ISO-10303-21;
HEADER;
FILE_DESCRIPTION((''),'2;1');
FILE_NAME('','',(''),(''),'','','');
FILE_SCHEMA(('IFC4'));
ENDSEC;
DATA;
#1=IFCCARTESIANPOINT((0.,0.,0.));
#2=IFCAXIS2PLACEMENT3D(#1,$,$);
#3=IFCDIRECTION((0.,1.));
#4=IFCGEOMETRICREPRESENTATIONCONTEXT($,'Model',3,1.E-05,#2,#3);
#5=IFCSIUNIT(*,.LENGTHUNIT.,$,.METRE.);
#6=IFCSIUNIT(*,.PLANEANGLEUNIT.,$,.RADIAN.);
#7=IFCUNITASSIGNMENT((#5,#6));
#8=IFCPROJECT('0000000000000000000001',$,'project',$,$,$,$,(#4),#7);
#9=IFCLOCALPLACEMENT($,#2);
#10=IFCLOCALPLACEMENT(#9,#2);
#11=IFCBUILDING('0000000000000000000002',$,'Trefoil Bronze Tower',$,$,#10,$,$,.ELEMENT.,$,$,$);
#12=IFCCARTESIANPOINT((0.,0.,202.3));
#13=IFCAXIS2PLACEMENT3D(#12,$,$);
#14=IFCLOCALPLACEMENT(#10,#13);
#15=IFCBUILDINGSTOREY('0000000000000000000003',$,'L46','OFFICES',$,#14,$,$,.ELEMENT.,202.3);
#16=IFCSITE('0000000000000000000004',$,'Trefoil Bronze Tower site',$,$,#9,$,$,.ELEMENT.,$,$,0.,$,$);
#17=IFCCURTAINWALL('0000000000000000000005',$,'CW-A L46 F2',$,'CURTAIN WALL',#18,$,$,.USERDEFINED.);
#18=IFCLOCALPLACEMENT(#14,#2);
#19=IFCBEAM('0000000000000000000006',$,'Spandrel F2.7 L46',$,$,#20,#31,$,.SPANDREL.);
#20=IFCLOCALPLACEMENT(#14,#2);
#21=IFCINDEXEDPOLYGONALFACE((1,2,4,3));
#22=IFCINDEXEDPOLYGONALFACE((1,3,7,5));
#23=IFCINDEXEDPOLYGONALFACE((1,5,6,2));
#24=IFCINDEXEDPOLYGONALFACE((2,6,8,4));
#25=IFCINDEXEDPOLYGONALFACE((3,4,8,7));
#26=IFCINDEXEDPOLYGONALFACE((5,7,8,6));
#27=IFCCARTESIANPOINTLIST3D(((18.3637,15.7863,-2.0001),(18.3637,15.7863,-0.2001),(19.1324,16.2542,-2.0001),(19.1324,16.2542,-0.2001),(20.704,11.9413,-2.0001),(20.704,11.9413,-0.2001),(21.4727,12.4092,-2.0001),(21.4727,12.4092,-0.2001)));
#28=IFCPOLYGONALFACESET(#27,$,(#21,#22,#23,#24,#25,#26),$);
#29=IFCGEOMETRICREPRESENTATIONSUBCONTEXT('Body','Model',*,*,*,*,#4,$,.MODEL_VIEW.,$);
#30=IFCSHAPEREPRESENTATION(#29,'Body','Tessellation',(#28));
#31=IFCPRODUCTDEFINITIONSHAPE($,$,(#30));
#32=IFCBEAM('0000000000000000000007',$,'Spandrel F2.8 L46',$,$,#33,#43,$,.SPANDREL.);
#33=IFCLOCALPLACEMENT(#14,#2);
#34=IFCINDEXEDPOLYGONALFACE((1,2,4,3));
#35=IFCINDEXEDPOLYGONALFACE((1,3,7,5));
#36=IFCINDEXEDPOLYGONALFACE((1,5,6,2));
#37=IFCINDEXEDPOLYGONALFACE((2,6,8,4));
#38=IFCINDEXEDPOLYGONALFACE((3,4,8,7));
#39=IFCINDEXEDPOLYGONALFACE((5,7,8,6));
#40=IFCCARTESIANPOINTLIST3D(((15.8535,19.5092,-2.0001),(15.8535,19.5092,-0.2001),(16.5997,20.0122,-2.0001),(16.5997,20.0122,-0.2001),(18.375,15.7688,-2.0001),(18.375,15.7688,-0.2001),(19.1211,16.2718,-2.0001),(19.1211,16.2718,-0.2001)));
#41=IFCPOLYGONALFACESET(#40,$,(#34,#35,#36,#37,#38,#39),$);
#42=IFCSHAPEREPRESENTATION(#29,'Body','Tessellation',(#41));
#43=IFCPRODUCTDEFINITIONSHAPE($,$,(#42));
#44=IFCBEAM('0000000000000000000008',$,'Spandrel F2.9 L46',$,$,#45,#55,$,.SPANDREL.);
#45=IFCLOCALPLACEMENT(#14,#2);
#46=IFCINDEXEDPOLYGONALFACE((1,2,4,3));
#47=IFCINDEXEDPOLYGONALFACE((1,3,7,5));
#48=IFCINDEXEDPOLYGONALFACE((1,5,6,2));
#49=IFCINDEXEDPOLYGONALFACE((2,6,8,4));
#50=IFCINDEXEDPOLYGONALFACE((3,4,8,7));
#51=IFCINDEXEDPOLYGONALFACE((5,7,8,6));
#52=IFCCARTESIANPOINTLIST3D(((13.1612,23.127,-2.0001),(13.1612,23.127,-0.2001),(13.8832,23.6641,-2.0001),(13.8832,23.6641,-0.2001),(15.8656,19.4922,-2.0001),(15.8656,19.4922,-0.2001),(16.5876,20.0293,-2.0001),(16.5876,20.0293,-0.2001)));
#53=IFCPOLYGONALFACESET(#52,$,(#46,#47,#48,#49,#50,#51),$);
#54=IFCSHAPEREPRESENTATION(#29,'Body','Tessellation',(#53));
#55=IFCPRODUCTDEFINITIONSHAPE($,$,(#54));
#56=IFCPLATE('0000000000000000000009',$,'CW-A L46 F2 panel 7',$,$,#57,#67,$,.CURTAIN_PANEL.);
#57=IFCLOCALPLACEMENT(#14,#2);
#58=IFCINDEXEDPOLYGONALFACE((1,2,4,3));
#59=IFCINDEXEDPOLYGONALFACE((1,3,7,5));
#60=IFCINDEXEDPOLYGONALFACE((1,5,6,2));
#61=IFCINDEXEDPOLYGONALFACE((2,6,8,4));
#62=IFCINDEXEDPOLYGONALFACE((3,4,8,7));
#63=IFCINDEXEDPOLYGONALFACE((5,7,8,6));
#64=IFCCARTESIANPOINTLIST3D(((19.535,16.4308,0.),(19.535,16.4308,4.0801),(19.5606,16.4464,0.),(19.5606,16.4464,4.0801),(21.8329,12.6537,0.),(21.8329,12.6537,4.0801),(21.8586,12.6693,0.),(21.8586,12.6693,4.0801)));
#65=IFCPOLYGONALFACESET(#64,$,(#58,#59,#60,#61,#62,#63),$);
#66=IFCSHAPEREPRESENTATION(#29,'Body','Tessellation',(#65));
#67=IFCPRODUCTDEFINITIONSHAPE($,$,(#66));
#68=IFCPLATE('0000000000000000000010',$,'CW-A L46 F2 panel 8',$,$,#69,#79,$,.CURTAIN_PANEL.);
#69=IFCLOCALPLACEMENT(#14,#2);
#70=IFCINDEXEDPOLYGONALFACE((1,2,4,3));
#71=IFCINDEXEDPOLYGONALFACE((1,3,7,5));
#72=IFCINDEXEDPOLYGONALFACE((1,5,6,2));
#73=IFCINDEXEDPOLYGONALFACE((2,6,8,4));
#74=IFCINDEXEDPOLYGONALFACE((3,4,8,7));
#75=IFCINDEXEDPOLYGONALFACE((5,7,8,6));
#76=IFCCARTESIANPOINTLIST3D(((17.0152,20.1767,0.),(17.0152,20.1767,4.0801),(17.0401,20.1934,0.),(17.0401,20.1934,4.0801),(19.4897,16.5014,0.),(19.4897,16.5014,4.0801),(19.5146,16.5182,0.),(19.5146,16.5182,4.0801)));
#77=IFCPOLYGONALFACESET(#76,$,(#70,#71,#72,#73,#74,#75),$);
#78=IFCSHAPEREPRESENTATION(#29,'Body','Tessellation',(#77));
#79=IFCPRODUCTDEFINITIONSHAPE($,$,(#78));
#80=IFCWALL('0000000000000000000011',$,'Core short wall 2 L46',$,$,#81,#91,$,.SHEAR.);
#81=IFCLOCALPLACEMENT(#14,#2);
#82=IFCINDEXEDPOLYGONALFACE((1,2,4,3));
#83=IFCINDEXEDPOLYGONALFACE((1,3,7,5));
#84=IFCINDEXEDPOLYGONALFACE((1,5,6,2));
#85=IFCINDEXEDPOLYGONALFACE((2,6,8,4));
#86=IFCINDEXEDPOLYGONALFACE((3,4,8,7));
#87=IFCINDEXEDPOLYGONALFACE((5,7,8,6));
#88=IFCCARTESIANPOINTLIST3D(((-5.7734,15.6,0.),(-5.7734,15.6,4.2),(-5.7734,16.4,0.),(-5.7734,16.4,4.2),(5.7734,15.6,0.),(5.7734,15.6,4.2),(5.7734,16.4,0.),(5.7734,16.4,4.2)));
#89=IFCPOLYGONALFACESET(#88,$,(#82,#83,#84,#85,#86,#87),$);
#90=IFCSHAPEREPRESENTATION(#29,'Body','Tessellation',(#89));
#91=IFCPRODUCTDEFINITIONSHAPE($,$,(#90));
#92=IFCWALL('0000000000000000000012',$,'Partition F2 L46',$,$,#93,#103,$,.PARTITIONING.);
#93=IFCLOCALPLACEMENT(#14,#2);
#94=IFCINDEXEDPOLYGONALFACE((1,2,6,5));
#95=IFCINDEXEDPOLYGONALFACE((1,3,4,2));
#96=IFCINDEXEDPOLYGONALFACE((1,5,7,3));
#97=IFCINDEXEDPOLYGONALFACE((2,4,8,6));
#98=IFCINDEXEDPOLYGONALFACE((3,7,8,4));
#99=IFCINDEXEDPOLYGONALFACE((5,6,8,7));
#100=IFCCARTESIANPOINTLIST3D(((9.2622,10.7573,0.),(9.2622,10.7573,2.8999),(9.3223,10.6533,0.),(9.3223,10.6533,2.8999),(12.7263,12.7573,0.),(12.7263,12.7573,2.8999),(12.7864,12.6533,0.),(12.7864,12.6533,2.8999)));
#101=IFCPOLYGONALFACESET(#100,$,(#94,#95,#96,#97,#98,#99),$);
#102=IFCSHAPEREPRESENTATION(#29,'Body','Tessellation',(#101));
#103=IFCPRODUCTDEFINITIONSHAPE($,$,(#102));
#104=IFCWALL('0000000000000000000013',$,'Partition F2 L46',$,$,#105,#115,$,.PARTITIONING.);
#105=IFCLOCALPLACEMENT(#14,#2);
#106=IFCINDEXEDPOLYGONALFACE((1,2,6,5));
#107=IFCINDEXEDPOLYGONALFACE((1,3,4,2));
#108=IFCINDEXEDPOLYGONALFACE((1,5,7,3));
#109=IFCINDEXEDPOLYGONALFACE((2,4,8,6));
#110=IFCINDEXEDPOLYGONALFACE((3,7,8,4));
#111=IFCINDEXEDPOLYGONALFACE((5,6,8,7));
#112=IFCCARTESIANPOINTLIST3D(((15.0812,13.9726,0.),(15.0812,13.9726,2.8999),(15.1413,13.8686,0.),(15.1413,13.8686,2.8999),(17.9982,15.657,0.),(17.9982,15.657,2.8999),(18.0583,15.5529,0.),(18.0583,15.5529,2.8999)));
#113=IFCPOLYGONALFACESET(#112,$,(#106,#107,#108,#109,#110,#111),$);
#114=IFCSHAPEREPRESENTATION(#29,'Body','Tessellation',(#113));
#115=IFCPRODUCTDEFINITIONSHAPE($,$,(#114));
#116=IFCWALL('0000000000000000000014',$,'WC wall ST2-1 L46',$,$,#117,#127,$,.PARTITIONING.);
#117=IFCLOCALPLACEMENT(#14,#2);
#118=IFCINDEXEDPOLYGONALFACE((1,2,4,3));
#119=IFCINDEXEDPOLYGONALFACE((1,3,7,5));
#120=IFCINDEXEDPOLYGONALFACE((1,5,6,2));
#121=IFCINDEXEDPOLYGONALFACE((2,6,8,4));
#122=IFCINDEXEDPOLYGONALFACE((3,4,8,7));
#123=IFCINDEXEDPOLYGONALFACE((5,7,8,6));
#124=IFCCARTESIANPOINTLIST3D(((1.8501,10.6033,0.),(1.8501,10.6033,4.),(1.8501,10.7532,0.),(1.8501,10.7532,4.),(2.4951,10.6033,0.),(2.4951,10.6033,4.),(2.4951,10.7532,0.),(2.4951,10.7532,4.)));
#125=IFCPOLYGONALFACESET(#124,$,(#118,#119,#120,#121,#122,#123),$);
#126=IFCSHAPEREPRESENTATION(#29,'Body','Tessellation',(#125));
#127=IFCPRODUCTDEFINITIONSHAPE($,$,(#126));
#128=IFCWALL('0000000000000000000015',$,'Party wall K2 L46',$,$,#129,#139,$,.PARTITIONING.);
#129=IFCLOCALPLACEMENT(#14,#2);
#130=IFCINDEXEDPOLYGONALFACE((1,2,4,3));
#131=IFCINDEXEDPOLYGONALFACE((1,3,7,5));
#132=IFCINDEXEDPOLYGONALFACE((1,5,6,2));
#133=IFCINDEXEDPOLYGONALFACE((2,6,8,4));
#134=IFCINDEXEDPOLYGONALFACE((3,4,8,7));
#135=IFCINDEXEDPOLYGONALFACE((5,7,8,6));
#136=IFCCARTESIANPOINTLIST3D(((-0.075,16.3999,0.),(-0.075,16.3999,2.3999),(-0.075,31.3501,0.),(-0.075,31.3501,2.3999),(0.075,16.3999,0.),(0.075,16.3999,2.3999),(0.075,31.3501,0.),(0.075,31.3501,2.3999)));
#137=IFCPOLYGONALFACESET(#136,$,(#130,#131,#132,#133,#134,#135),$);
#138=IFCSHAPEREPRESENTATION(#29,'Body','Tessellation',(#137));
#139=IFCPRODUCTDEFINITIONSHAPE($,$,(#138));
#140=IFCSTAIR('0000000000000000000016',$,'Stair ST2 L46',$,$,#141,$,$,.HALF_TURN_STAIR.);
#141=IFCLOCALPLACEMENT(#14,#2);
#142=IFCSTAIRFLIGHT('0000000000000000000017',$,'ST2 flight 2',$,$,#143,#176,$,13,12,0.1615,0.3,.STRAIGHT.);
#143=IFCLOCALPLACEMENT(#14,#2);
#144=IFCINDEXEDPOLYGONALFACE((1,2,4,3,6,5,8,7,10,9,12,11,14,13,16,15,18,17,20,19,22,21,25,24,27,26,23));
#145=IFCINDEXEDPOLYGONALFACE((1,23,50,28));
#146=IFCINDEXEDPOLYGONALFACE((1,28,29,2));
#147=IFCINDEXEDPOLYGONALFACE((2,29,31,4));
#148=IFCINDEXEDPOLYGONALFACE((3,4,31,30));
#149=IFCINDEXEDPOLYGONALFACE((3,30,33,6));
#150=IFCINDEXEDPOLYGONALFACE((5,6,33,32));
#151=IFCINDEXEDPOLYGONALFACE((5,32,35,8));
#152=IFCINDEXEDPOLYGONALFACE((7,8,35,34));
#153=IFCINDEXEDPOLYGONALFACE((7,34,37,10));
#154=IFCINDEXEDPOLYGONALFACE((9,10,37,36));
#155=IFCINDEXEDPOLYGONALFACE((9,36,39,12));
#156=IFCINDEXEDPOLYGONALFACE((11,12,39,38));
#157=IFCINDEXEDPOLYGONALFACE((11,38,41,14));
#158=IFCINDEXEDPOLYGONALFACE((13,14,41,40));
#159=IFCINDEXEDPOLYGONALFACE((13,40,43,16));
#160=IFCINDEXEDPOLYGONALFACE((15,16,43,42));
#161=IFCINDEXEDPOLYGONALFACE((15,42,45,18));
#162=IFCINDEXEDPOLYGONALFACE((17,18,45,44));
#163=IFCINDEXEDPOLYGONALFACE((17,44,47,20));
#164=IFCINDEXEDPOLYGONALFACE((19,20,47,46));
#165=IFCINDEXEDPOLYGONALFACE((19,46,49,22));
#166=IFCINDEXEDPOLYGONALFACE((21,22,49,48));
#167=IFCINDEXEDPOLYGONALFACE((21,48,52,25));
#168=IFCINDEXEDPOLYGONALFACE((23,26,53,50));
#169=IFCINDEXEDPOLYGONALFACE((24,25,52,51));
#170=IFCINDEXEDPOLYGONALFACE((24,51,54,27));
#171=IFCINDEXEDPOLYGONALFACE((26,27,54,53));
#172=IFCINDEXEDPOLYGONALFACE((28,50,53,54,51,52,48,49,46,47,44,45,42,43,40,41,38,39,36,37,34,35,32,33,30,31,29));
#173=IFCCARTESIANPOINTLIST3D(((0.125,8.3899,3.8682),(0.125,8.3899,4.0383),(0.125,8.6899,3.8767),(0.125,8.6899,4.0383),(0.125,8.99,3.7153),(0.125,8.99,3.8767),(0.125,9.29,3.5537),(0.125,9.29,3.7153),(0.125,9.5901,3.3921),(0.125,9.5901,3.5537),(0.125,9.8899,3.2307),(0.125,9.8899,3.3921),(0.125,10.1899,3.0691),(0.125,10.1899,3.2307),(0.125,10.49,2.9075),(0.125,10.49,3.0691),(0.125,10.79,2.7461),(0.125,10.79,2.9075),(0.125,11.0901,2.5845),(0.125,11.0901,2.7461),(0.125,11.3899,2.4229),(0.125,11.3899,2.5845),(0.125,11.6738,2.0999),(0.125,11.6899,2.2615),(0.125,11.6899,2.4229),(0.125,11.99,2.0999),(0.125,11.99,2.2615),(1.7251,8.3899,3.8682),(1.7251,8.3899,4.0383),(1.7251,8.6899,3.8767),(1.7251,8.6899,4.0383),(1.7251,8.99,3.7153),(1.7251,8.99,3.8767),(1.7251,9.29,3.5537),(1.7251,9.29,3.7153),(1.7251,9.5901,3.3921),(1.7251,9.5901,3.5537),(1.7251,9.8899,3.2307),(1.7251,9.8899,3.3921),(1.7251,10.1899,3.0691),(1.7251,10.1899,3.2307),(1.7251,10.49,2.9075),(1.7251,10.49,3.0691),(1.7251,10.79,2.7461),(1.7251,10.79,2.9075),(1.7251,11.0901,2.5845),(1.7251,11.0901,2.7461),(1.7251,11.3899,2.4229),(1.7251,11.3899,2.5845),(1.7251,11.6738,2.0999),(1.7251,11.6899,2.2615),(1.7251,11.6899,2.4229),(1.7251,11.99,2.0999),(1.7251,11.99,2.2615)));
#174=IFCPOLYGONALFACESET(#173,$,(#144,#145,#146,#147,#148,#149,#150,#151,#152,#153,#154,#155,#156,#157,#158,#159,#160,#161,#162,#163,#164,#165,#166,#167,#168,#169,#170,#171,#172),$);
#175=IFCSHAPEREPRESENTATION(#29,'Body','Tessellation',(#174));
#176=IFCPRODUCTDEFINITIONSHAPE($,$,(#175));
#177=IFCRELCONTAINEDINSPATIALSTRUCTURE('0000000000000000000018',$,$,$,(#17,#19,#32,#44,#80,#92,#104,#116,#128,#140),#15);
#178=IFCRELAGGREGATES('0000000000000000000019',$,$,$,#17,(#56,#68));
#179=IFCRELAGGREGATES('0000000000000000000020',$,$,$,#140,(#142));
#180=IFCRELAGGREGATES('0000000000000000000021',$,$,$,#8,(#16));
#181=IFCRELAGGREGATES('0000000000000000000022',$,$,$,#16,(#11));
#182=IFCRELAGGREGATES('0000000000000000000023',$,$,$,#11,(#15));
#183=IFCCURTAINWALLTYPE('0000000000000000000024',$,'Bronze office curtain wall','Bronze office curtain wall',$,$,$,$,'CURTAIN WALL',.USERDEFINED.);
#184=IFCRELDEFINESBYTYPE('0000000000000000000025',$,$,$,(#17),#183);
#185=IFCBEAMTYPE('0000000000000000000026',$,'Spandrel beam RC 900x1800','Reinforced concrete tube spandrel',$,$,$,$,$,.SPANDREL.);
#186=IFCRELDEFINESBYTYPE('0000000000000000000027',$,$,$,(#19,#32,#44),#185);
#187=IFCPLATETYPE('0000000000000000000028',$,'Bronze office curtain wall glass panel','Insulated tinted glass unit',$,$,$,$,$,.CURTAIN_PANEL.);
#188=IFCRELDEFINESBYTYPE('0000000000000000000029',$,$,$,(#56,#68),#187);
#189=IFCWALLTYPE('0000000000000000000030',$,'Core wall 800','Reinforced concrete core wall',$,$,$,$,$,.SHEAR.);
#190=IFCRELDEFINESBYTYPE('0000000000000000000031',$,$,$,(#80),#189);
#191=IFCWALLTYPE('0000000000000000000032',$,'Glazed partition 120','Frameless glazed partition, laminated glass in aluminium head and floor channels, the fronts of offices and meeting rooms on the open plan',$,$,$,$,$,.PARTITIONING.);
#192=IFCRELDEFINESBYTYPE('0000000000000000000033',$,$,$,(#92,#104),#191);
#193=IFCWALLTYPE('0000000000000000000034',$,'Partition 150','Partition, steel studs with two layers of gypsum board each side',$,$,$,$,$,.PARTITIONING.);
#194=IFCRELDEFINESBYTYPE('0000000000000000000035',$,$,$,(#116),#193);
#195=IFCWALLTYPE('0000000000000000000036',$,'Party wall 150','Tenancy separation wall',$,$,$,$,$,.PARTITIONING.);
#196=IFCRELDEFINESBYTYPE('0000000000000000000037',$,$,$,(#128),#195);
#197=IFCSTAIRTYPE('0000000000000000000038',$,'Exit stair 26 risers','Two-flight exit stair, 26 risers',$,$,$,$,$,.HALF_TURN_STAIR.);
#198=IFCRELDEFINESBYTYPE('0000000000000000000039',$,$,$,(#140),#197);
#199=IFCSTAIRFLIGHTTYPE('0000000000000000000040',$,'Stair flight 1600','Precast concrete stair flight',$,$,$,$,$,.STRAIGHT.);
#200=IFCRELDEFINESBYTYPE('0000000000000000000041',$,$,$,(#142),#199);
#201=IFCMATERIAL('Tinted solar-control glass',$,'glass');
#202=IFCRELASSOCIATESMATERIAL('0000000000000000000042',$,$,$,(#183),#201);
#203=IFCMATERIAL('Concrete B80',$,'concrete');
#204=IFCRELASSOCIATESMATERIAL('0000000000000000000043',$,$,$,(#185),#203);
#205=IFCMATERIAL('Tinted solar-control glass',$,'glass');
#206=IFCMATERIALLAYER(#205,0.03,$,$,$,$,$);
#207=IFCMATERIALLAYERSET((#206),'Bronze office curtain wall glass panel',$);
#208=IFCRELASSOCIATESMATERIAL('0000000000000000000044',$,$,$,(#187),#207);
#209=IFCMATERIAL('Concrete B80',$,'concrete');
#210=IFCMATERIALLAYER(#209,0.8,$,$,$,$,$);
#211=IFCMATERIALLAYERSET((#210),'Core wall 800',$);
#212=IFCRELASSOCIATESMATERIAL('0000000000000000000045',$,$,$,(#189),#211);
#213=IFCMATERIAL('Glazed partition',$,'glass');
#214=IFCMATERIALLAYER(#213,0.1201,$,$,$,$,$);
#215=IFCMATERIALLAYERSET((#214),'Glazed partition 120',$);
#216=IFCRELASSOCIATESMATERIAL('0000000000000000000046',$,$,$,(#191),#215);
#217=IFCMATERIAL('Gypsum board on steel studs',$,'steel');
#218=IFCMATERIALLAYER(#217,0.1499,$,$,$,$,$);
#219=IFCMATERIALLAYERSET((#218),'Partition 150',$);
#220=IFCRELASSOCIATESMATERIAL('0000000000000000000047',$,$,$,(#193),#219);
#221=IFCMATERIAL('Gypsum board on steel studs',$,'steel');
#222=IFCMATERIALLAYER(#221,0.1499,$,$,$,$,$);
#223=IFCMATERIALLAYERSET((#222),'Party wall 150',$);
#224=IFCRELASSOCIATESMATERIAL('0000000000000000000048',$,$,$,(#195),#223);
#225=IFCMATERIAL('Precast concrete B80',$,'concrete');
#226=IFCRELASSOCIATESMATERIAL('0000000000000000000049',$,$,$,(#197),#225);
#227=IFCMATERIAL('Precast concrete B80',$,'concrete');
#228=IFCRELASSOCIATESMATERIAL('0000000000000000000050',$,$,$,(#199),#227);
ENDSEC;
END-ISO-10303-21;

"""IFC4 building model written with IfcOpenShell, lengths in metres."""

from ifc_helpers import new_model, si_unit, direction, frame, frame_2d, origin, origin_2d, place, context, subcontext, project, spatial, polyline, rectangle, outline, extrude, material, layer, layer_set, material_profile, profile_set, type_object, element, aggregate, save


model = new_model("IFC4")

# Units and contexts
model_context = context("Model", 3, precision=1e-05, world=origin(), true_north=direction((0.0, 1.0)))
body_context = subcontext(model_context, "Body", "Model", "MODEL_VIEW")
ifc_project = project(units=[si_unit("LENGTHUNIT", "METRE"), si_unit("PLANEANGLEUNIT", "RADIAN")], contexts=[model_context])

# Site, building, storey
site_placement = place(None, origin())
site = spatial("IfcSite", under=ifc_project, at=site_placement, Name="Trefoil Bronze Tower site", CompositionType="ELEMENT", RefElevation=0.0)
building_placement = place(site_placement, origin())
building = spatial("IfcBuilding", under=site, at=building_placement, Name="Trefoil Bronze Tower", CompositionType="ELEMENT")
storey_placement = place(building_placement, frame((0.0, 0.0, 202.3)))
storey = spatial("IfcBuildingStorey", under=building, at=storey_placement, Name="L46", Description="OFFICES", CompositionType="ELEMENT", Elevation=202.3)

# Curtain wall
ifc_material_1 = material(Name="Tinted solar-control glass", Category="glass")
curtain_wall_type = type_object("IfcCurtainWallType", Name="Bronze office curtain wall", Description="Bronze office curtain wall", ElementType="CURTAIN WALL", PredefinedType="USERDEFINED", material=ifc_material_1)
curtain_wall_placement = place(storey_placement, origin())
curtain_wall = element("IfcCurtainWall", 1, at=curtain_wall_placement, inside=storey, type_object=curtain_wall_type, Name="CW-A L46 F2", ObjectType="CURTAIN WALL", PredefinedType="USERDEFINED")

# Beams
ifc_material_2 = material(Name="Concrete B80", Category="concrete")
ifc_material_profile_1 = material_profile(ifc_material_2, rectangle(XDim=0.8999, YDim=1.8, at=origin_2d()), Name="RC 900x1800")
ifc_profile_set_1 = profile_set([ifc_material_profile_1], Name="Concrete B80")
beam_type_1 = type_object("IfcBeamType", Name="Spandrel beam RC 900x1800", Description="Reinforced concrete tube spandrel", PredefinedType="SPANDREL", material=ifc_profile_set_1)
beam_1_placement = place(storey_placement, frame((21.0884, 12.1753, -1.1001), z_axis=(-0.519933, 0.854207, 0.0), x_axis=(-0.854207, -0.519933, 0.0)))
element("IfcBeam", 2, at=beam_1_placement, inside=storey, type_object=beam_type_1, Name="Spandrel F2.7 L46", PredefinedType="SPANDREL", context=body_context, shape_type="SweptSolid", body=[
    extrude(rectangle(XDim=0.8999, YDim=1.8, at=origin_2d()), origin(), (0.0, 0.0, 1.0), 4.5012),
])
beam_2_placement = place(storey_placement, frame((18.748, 16.0203, -1.1001), z_axis=(-0.558964, 0.829192, 0.0), x_axis=(-0.829192, -0.558964, 0.0)))
element("IfcBeam", 3, at=beam_2_placement, inside=storey, type_object=beam_type_1, Name="Spandrel F2.8 L46", PredefinedType="SPANDREL", context=body_context, shape_type="SweptSolid", body=[
    extrude(rectangle(XDim=0.8999, YDim=1.8, at=origin_2d()), origin(), (0.0, 0.0, 1.0), 4.511),
])
beam_3_placement = place(storey_placement, frame((16.2266, 19.7607, -1.1001), z_axis=(-0.596926, 0.802296, 0.0), x_axis=(-0.802296, -0.596926, 0.0)))
element("IfcBeam", 4, at=beam_3_placement, inside=storey, type_object=beam_type_1, Name="Spandrel F2.9 L46", PredefinedType="SPANDREL", context=body_context, shape_type="SweptSolid", body=[
    extrude(rectangle(XDim=0.8999, YDim=1.8, at=origin_2d()), origin(), (0.0, 0.0, 1.0), 4.5305),
])

# Plates
ifc_material_3 = material(Name="Tinted solar-control glass", Category="glass")
ifc_layer_1 = layer(ifc_material_3, 0.03)
ifc_layer_set_1 = layer_set([ifc_layer_1], Name="Bronze office curtain wall glass panel")
plate_type = type_object("IfcPlateType", Name="Bronze office curtain wall glass panel", Description="Insulated tinted glass unit", PredefinedType="CURTAIN_PANEL", material=ifc_layer_set_1)
plate_1_placement = place(storey_placement, frame((20.6968, 14.55, 0.0), z_axis=(0.0, 0.0, 1.0), x_axis=(-0.519762, 0.854311, 0.0)))
plate_1 = element("IfcPlate", 5, at=plate_1_placement, type_object=plate_type, Name="CW-A L46 F2 panel 7", PredefinedType="CURTAIN_PANEL", context=body_context, shape_type="SweptSolid", body=[
    extrude(rectangle(XDim=4.4211, YDim=0.03, at=origin_2d()), origin(), (0.0, 0.0, 1.0), 4.0801),
])
plate_2_placement = place(storey_placement, frame((18.2649, 18.3474, 0.0), z_axis=(0.0, 0.0, 1.0), x_axis=(-0.558493, 0.829509, 0.0)))
plate_2 = element("IfcPlate", 6, at=plate_2_placement, type_object=plate_type, Name="CW-A L46 F2 panel 8", PredefinedType="CURTAIN_PANEL", context=body_context, shape_type="SweptSolid", body=[
    extrude(rectangle(XDim=4.4307, YDim=0.03, at=origin_2d()), origin(), (0.0, 0.0, 1.0), 4.0801),
])
aggregate(curtain_wall, [plate_1, plate_2])

# Walls
ifc_material_4 = material(Name="Concrete B80", Category="concrete")
ifc_layer_2 = layer(ifc_material_4, 0.8)
ifc_layer_set_2 = layer_set([ifc_layer_2], Name="Core wall 800")
wall_type_1 = type_object("IfcWallType", Name="Core wall 800", Description="Reinforced concrete core wall", PredefinedType="SHEAR", material=ifc_layer_set_2)
wall_1_placement = place(storey_placement, frame((5.7734, 16.0, 0.0), z_axis=(0.0, 0.0, 1.0), x_axis=(-1.0, 0.0, 0.0)))
element("IfcWall", 7, at=wall_1_placement, inside=storey, type_object=wall_type_1, Name="Core short wall 2 L46", PredefinedType="SHEAR", context=body_context, shape_type="SweptSolid", body=[
    extrude(rectangle(XDim=11.5469, YDim=0.8, at=frame_2d((5.7734, 0.0))), origin(), (0.0, 0.0, 1.0), 4.2),
])
ifc_material_5 = material(Name="Glazed partition", Category="glass")
ifc_layer_3 = layer(ifc_material_5, 0.1201)
ifc_layer_set_3 = layer_set([ifc_layer_3], Name="Glazed partition 120")
wall_type_2 = type_object("IfcWallType", Name="Glazed partition 120", Description="Frameless glazed partition, laminated glass in aluminium head and floor channels, the fronts of offices and meeting rooms on the open plan", PredefinedType="PARTITIONING", material=ifc_layer_set_3)
wall_2_placement = place(storey_placement, frame((9.2922, 10.7053, 0.0), z_axis=(0.0, 0.0, 1.0), x_axis=(0.866026, 0.499999, 0.0)))
element("IfcWall", 8, at=wall_2_placement, inside=storey, type_object=wall_type_2, Name="Partition F2 L46", PredefinedType="PARTITIONING", context=body_context, shape_type="SweptSolid", body=[
    extrude(rectangle(XDim=4.0, YDim=0.1201, at=frame_2d((2.0, 0.0))), origin(), (0.0, 0.0, 1.0), 2.8999),
])
wall_3_placement = place(storey_placement, frame((15.1113, 13.9207, 0.0), z_axis=(0.0, 0.0, 1.0), x_axis=(0.866, 0.500045, 0.0)))
element("IfcWall", 9, at=wall_3_placement, inside=storey, type_object=wall_type_2, Name="Partition F2 L46", PredefinedType="PARTITIONING", context=body_context, shape_type="SweptSolid", body=[
    extrude(rectangle(XDim=3.3684, YDim=0.1201, at=frame_2d((1.6841, 0.0))), origin(), (0.0, 0.0, 1.0), 2.8999),
])
ifc_material_6 = material(Name="Gypsum board on steel studs", Category="steel")
ifc_layer_4 = layer(ifc_material_6, 0.1499)
ifc_layer_set_4 = layer_set([ifc_layer_4], Name="Partition 150")
wall_type_3 = type_object("IfcWallType", Name="Partition 150", Description="Partition, steel studs with two layers of gypsum board each side", PredefinedType="PARTITIONING", material=ifc_layer_set_4)
wall_4_placement = place(storey_placement, frame((2.4951, 10.6782, 0.0), z_axis=(0.0, 0.0, 1.0), x_axis=(-1.0, 0.0, 0.0)))
element("IfcWall", 10, at=wall_4_placement, inside=storey, type_object=wall_type_3, Name="WC wall ST2-1 L46", PredefinedType="PARTITIONING", context=body_context, shape_type="SweptSolid", body=[
    extrude(rectangle(XDim=0.645, YDim=0.1499, at=frame_2d((0.3225, 0.0))), origin(), (0.0, 0.0, 1.0), 4.0),
])
ifc_material_7 = material(Name="Gypsum board on steel studs", Category="steel")
ifc_layer_5 = layer(ifc_material_7, 0.1499)
ifc_layer_set_5 = layer_set([ifc_layer_5], Name="Party wall 150")
wall_type_4 = type_object("IfcWallType", Name="Party wall 150", Description="Tenancy separation wall", PredefinedType="PARTITIONING", material=ifc_layer_set_5)
wall_5_placement = place(storey_placement, frame((0.0, 16.3999, 0.0), z_axis=(0.0, 0.0, 1.0), x_axis=(0.0, 1.0, 0.0)))
element("IfcWall", 11, at=wall_5_placement, inside=storey, type_object=wall_type_4, Name="Party wall K2 L46", PredefinedType="PARTITIONING", context=body_context, shape_type="SweptSolid", body=[
    extrude(rectangle(XDim=14.9502, YDim=0.1499, at=frame_2d((7.4751, 0.0))), origin(), (0.0, 0.0, 1.0), 2.3999),
])

# Stair, stair flight
ifc_material_8 = material(Name="Precast concrete B80", Category="concrete")
stair_type = type_object("IfcStairType", Name="Exit stair 26 risers", Description="Two-flight exit stair, 26 risers", PredefinedType="HALF_TURN_STAIR", material=ifc_material_8)
stair_placement = place(storey_placement, origin())
stair = element("IfcStair", 12, at=stair_placement, inside=storey, type_object=stair_type, Name="Stair ST2 L46", PredefinedType="HALF_TURN_STAIR")
ifc_material_9 = material(Name="Precast concrete B80", Category="concrete")
stair_flight_type = type_object("IfcStairFlightType", Name="Stair flight 1600", Description="Precast concrete stair flight", PredefinedType="STRAIGHT", material=ifc_material_9)
stair_flight_placement = place(storey_placement, frame((0.925, 11.99, 2.0999), z_axis=(0.0, 0.0, 1.0), x_axis=(0.0, -1.0, 0.0)))
stair_flight = element("IfcStairFlight", 13, at=stair_flight_placement, type_object=stair_flight_type, Name="ST2 flight 2", NumberOfRisers=13, NumberOfTreads=12, PredefinedType="STRAIGHT", RiserHeight=0.1615, TreadLength=0.3, context=body_context, shape_type="SweptSolid", body=[
    extrude(outline(polyline([(0.0, 0.0), (0.0, 0.1616), (0.3, 0.1616), (0.3, 0.323), (0.6001, 0.323), (0.6001, 0.4846), (0.8999, 0.4846), (0.8999, 0.6462), (1.2, 0.6462), (1.2, 0.8076), (1.5, 0.8076), (1.5, 0.9692), (1.8, 0.9692), (1.8, 1.1309), (2.1001, 1.1309), (2.1001, 1.2922), (2.3999, 1.2922), (2.3999, 1.4539), (2.7, 1.4539), (2.7, 1.6155), (3.0, 1.6155), (3.0, 1.7769), (3.3, 1.7769), (3.3, 1.9385), (3.6001, 1.9385), (3.6001, 2.1001), (3.6001, 1.7683), (0.3162, 0.0), (0.0, 0.0)])), frame((0.0, 0.8, 0.0), z_axis=(0.0, -1.0, 0.0), x_axis=(1.0, 0.0, 0.0)), (0.0, 0.0, 1.0), 1.6001),
])
aggregate(stair, [stair_flight])

save(model, "model.ifc")
